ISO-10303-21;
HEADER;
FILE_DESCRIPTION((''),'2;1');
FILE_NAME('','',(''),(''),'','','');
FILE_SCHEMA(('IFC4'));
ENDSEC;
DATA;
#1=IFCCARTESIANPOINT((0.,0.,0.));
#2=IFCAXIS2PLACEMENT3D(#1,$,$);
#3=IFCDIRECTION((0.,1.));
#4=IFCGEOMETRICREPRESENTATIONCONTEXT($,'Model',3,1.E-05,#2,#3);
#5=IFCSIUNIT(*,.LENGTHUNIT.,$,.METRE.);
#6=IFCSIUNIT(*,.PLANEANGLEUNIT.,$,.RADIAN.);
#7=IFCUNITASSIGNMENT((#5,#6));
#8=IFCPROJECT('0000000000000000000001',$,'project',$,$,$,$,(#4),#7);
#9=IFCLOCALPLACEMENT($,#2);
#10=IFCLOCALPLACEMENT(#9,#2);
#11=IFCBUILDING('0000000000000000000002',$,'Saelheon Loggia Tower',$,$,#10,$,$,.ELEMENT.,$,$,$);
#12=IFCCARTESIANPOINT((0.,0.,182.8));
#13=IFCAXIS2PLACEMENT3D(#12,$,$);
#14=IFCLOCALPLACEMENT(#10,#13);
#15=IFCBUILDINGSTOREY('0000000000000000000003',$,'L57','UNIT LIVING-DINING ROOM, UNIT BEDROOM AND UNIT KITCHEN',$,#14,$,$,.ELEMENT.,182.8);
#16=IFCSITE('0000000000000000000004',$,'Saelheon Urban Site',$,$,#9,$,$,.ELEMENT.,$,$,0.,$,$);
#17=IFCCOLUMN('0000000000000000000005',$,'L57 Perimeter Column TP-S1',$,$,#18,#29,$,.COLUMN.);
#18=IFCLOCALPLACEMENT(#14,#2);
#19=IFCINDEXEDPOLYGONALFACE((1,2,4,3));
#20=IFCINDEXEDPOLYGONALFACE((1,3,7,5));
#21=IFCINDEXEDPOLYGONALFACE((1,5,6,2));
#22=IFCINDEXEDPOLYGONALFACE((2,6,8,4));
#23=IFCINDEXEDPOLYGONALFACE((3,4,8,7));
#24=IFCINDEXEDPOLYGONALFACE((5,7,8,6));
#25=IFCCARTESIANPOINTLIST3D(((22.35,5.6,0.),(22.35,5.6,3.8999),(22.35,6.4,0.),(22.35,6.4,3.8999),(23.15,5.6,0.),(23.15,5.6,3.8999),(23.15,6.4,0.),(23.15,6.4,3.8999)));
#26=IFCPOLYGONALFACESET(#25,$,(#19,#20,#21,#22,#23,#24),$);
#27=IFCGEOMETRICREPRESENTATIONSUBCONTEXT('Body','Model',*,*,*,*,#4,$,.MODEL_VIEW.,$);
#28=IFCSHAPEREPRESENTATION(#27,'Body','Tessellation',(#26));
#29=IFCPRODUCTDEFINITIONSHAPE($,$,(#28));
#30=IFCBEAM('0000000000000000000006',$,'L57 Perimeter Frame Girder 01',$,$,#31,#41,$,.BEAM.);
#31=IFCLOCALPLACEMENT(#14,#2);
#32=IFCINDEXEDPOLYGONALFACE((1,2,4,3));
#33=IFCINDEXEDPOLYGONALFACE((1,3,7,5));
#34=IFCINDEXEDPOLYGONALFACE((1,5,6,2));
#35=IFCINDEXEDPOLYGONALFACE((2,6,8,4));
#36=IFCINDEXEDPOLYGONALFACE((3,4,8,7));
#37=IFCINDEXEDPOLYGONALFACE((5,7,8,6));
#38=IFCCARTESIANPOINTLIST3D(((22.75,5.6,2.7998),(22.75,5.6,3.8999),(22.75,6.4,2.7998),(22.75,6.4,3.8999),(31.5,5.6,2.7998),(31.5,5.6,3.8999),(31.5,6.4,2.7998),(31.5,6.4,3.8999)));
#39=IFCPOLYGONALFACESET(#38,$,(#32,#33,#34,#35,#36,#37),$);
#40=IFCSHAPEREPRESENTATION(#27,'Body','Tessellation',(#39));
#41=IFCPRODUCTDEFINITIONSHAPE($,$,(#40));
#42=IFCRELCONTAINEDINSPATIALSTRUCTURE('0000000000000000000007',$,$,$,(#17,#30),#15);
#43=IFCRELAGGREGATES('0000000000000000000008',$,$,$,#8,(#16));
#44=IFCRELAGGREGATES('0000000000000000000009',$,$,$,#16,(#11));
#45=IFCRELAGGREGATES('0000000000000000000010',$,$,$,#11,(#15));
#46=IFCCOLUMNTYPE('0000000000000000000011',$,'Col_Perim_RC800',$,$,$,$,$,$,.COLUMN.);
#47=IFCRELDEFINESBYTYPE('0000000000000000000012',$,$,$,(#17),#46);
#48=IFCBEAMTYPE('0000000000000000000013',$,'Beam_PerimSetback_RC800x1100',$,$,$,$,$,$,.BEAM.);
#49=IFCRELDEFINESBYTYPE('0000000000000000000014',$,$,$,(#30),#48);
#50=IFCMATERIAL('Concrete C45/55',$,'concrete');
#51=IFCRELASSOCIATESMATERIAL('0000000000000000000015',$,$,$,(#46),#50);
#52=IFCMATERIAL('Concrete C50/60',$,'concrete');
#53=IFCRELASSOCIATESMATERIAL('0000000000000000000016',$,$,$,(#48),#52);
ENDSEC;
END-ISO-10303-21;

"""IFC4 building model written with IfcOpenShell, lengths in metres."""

from ifc_helpers import new_model, si_unit, direction, frame, origin, origin_2d, place, context, subcontext, project, spatial, rectangle, extrude, source, transform, mapped, material, material_profile, profile_set, type_object, element, save


model = new_model("IFC4")

# Units and contexts
model_context = context("Model", 3, precision=1e-05, world=origin(), true_north=direction((0.0, 1.0)))
body_context = subcontext(model_context, "Body", "Model", "MODEL_VIEW")
ifc_project = project(units=[si_unit("LENGTHUNIT", "METRE"), si_unit("PLANEANGLEUNIT", "RADIAN")], contexts=[model_context])

# Site, building, storey
site_placement = place(None, origin())
site = spatial("IfcSite", under=ifc_project, at=site_placement, Name="Saelheon Urban Site", CompositionType="ELEMENT", RefElevation=0.0)
building_placement = place(site_placement, origin())
building = spatial("IfcBuilding", under=site, at=building_placement, Name="Saelheon Loggia Tower", CompositionType="ELEMENT")
storey_placement = place(building_placement, frame((0.0, 0.0, 182.8)))
storey = spatial("IfcBuildingStorey", under=building, at=storey_placement, Name="L57", Description="UNIT LIVING-DINING ROOM, UNIT BEDROOM AND UNIT KITCHEN", CompositionType="ELEMENT", Elevation=182.8)

# Column
ifc_material_1 = material(Name="Concrete C45/55", Category="concrete")
ifc_material_profile_1 = material_profile(ifc_material_1, rectangle(XDim=0.8, YDim=0.8, at=origin_2d()), Name="RC-800x800")
ifc_profile_set_1 = profile_set([ifc_material_profile_1], Name="Concrete C45/55")
column_type = type_object("IfcColumnType", Name="Col_Perim_RC800", PredefinedType="COLUMN", material=ifc_profile_set_1)
shared_shape_1 = source(origin(), body_context, "Body", "SweptSolid", [
    extrude(rectangle(XDim=0.8, YDim=0.8, at=origin_2d()), origin(), (0.0, 0.0, 1.0), 3.8999),
])
column_placement = place(storey_placement, frame((22.75, 6.0, 0.0), z_axis=(0.0, 0.0, 1.0), x_axis=(1.0, 0.0, 0.0)))
element("IfcColumn", 1, at=column_placement, inside=storey, type_object=column_type, Name="L57 Perimeter Column TP-S1", PredefinedType="COLUMN", context=body_context, shape_type="MappedRepresentation", body=[
    mapped(shared_shape_1, transform((0.0, 0.0, 0.0), scale=1.0)),
])

# Beam
ifc_material_2 = material(Name="Concrete C50/60", Category="concrete")
ifc_material_profile_2 = material_profile(ifc_material_2, rectangle(XDim=0.8, YDim=1.1001, at=origin_2d()), Name="RC-800x1100")
ifc_profile_set_2 = profile_set([ifc_material_profile_2], Name="Concrete C50/60")
beam_type = type_object("IfcBeamType", Name="Beam_PerimSetback_RC800x1100", PredefinedType="BEAM", material=ifc_profile_set_2)
shared_shape_2 = source(origin(), body_context, "Body", "SweptSolid", [
    extrude(rectangle(XDim=0.8, YDim=1.1001, at=origin_2d()), origin(), (0.0, 0.0, 1.0), 8.75),
])
beam_placement = place(storey_placement, frame((22.75, 6.0, 3.3499), z_axis=(1.0, 0.0, 0.0), x_axis=(0.0, 1.0, 0.0)))
element("IfcBeam", 2, at=beam_placement, inside=storey, type_object=beam_type, Name="L57 Perimeter Frame Girder 01", PredefinedType="BEAM", context=body_context, shape_type="MappedRepresentation", body=[
    mapped(shared_shape_2, transform((0.0, 0.0, 0.0), scale=1.0)),
])

save(model, "model.ifc")
